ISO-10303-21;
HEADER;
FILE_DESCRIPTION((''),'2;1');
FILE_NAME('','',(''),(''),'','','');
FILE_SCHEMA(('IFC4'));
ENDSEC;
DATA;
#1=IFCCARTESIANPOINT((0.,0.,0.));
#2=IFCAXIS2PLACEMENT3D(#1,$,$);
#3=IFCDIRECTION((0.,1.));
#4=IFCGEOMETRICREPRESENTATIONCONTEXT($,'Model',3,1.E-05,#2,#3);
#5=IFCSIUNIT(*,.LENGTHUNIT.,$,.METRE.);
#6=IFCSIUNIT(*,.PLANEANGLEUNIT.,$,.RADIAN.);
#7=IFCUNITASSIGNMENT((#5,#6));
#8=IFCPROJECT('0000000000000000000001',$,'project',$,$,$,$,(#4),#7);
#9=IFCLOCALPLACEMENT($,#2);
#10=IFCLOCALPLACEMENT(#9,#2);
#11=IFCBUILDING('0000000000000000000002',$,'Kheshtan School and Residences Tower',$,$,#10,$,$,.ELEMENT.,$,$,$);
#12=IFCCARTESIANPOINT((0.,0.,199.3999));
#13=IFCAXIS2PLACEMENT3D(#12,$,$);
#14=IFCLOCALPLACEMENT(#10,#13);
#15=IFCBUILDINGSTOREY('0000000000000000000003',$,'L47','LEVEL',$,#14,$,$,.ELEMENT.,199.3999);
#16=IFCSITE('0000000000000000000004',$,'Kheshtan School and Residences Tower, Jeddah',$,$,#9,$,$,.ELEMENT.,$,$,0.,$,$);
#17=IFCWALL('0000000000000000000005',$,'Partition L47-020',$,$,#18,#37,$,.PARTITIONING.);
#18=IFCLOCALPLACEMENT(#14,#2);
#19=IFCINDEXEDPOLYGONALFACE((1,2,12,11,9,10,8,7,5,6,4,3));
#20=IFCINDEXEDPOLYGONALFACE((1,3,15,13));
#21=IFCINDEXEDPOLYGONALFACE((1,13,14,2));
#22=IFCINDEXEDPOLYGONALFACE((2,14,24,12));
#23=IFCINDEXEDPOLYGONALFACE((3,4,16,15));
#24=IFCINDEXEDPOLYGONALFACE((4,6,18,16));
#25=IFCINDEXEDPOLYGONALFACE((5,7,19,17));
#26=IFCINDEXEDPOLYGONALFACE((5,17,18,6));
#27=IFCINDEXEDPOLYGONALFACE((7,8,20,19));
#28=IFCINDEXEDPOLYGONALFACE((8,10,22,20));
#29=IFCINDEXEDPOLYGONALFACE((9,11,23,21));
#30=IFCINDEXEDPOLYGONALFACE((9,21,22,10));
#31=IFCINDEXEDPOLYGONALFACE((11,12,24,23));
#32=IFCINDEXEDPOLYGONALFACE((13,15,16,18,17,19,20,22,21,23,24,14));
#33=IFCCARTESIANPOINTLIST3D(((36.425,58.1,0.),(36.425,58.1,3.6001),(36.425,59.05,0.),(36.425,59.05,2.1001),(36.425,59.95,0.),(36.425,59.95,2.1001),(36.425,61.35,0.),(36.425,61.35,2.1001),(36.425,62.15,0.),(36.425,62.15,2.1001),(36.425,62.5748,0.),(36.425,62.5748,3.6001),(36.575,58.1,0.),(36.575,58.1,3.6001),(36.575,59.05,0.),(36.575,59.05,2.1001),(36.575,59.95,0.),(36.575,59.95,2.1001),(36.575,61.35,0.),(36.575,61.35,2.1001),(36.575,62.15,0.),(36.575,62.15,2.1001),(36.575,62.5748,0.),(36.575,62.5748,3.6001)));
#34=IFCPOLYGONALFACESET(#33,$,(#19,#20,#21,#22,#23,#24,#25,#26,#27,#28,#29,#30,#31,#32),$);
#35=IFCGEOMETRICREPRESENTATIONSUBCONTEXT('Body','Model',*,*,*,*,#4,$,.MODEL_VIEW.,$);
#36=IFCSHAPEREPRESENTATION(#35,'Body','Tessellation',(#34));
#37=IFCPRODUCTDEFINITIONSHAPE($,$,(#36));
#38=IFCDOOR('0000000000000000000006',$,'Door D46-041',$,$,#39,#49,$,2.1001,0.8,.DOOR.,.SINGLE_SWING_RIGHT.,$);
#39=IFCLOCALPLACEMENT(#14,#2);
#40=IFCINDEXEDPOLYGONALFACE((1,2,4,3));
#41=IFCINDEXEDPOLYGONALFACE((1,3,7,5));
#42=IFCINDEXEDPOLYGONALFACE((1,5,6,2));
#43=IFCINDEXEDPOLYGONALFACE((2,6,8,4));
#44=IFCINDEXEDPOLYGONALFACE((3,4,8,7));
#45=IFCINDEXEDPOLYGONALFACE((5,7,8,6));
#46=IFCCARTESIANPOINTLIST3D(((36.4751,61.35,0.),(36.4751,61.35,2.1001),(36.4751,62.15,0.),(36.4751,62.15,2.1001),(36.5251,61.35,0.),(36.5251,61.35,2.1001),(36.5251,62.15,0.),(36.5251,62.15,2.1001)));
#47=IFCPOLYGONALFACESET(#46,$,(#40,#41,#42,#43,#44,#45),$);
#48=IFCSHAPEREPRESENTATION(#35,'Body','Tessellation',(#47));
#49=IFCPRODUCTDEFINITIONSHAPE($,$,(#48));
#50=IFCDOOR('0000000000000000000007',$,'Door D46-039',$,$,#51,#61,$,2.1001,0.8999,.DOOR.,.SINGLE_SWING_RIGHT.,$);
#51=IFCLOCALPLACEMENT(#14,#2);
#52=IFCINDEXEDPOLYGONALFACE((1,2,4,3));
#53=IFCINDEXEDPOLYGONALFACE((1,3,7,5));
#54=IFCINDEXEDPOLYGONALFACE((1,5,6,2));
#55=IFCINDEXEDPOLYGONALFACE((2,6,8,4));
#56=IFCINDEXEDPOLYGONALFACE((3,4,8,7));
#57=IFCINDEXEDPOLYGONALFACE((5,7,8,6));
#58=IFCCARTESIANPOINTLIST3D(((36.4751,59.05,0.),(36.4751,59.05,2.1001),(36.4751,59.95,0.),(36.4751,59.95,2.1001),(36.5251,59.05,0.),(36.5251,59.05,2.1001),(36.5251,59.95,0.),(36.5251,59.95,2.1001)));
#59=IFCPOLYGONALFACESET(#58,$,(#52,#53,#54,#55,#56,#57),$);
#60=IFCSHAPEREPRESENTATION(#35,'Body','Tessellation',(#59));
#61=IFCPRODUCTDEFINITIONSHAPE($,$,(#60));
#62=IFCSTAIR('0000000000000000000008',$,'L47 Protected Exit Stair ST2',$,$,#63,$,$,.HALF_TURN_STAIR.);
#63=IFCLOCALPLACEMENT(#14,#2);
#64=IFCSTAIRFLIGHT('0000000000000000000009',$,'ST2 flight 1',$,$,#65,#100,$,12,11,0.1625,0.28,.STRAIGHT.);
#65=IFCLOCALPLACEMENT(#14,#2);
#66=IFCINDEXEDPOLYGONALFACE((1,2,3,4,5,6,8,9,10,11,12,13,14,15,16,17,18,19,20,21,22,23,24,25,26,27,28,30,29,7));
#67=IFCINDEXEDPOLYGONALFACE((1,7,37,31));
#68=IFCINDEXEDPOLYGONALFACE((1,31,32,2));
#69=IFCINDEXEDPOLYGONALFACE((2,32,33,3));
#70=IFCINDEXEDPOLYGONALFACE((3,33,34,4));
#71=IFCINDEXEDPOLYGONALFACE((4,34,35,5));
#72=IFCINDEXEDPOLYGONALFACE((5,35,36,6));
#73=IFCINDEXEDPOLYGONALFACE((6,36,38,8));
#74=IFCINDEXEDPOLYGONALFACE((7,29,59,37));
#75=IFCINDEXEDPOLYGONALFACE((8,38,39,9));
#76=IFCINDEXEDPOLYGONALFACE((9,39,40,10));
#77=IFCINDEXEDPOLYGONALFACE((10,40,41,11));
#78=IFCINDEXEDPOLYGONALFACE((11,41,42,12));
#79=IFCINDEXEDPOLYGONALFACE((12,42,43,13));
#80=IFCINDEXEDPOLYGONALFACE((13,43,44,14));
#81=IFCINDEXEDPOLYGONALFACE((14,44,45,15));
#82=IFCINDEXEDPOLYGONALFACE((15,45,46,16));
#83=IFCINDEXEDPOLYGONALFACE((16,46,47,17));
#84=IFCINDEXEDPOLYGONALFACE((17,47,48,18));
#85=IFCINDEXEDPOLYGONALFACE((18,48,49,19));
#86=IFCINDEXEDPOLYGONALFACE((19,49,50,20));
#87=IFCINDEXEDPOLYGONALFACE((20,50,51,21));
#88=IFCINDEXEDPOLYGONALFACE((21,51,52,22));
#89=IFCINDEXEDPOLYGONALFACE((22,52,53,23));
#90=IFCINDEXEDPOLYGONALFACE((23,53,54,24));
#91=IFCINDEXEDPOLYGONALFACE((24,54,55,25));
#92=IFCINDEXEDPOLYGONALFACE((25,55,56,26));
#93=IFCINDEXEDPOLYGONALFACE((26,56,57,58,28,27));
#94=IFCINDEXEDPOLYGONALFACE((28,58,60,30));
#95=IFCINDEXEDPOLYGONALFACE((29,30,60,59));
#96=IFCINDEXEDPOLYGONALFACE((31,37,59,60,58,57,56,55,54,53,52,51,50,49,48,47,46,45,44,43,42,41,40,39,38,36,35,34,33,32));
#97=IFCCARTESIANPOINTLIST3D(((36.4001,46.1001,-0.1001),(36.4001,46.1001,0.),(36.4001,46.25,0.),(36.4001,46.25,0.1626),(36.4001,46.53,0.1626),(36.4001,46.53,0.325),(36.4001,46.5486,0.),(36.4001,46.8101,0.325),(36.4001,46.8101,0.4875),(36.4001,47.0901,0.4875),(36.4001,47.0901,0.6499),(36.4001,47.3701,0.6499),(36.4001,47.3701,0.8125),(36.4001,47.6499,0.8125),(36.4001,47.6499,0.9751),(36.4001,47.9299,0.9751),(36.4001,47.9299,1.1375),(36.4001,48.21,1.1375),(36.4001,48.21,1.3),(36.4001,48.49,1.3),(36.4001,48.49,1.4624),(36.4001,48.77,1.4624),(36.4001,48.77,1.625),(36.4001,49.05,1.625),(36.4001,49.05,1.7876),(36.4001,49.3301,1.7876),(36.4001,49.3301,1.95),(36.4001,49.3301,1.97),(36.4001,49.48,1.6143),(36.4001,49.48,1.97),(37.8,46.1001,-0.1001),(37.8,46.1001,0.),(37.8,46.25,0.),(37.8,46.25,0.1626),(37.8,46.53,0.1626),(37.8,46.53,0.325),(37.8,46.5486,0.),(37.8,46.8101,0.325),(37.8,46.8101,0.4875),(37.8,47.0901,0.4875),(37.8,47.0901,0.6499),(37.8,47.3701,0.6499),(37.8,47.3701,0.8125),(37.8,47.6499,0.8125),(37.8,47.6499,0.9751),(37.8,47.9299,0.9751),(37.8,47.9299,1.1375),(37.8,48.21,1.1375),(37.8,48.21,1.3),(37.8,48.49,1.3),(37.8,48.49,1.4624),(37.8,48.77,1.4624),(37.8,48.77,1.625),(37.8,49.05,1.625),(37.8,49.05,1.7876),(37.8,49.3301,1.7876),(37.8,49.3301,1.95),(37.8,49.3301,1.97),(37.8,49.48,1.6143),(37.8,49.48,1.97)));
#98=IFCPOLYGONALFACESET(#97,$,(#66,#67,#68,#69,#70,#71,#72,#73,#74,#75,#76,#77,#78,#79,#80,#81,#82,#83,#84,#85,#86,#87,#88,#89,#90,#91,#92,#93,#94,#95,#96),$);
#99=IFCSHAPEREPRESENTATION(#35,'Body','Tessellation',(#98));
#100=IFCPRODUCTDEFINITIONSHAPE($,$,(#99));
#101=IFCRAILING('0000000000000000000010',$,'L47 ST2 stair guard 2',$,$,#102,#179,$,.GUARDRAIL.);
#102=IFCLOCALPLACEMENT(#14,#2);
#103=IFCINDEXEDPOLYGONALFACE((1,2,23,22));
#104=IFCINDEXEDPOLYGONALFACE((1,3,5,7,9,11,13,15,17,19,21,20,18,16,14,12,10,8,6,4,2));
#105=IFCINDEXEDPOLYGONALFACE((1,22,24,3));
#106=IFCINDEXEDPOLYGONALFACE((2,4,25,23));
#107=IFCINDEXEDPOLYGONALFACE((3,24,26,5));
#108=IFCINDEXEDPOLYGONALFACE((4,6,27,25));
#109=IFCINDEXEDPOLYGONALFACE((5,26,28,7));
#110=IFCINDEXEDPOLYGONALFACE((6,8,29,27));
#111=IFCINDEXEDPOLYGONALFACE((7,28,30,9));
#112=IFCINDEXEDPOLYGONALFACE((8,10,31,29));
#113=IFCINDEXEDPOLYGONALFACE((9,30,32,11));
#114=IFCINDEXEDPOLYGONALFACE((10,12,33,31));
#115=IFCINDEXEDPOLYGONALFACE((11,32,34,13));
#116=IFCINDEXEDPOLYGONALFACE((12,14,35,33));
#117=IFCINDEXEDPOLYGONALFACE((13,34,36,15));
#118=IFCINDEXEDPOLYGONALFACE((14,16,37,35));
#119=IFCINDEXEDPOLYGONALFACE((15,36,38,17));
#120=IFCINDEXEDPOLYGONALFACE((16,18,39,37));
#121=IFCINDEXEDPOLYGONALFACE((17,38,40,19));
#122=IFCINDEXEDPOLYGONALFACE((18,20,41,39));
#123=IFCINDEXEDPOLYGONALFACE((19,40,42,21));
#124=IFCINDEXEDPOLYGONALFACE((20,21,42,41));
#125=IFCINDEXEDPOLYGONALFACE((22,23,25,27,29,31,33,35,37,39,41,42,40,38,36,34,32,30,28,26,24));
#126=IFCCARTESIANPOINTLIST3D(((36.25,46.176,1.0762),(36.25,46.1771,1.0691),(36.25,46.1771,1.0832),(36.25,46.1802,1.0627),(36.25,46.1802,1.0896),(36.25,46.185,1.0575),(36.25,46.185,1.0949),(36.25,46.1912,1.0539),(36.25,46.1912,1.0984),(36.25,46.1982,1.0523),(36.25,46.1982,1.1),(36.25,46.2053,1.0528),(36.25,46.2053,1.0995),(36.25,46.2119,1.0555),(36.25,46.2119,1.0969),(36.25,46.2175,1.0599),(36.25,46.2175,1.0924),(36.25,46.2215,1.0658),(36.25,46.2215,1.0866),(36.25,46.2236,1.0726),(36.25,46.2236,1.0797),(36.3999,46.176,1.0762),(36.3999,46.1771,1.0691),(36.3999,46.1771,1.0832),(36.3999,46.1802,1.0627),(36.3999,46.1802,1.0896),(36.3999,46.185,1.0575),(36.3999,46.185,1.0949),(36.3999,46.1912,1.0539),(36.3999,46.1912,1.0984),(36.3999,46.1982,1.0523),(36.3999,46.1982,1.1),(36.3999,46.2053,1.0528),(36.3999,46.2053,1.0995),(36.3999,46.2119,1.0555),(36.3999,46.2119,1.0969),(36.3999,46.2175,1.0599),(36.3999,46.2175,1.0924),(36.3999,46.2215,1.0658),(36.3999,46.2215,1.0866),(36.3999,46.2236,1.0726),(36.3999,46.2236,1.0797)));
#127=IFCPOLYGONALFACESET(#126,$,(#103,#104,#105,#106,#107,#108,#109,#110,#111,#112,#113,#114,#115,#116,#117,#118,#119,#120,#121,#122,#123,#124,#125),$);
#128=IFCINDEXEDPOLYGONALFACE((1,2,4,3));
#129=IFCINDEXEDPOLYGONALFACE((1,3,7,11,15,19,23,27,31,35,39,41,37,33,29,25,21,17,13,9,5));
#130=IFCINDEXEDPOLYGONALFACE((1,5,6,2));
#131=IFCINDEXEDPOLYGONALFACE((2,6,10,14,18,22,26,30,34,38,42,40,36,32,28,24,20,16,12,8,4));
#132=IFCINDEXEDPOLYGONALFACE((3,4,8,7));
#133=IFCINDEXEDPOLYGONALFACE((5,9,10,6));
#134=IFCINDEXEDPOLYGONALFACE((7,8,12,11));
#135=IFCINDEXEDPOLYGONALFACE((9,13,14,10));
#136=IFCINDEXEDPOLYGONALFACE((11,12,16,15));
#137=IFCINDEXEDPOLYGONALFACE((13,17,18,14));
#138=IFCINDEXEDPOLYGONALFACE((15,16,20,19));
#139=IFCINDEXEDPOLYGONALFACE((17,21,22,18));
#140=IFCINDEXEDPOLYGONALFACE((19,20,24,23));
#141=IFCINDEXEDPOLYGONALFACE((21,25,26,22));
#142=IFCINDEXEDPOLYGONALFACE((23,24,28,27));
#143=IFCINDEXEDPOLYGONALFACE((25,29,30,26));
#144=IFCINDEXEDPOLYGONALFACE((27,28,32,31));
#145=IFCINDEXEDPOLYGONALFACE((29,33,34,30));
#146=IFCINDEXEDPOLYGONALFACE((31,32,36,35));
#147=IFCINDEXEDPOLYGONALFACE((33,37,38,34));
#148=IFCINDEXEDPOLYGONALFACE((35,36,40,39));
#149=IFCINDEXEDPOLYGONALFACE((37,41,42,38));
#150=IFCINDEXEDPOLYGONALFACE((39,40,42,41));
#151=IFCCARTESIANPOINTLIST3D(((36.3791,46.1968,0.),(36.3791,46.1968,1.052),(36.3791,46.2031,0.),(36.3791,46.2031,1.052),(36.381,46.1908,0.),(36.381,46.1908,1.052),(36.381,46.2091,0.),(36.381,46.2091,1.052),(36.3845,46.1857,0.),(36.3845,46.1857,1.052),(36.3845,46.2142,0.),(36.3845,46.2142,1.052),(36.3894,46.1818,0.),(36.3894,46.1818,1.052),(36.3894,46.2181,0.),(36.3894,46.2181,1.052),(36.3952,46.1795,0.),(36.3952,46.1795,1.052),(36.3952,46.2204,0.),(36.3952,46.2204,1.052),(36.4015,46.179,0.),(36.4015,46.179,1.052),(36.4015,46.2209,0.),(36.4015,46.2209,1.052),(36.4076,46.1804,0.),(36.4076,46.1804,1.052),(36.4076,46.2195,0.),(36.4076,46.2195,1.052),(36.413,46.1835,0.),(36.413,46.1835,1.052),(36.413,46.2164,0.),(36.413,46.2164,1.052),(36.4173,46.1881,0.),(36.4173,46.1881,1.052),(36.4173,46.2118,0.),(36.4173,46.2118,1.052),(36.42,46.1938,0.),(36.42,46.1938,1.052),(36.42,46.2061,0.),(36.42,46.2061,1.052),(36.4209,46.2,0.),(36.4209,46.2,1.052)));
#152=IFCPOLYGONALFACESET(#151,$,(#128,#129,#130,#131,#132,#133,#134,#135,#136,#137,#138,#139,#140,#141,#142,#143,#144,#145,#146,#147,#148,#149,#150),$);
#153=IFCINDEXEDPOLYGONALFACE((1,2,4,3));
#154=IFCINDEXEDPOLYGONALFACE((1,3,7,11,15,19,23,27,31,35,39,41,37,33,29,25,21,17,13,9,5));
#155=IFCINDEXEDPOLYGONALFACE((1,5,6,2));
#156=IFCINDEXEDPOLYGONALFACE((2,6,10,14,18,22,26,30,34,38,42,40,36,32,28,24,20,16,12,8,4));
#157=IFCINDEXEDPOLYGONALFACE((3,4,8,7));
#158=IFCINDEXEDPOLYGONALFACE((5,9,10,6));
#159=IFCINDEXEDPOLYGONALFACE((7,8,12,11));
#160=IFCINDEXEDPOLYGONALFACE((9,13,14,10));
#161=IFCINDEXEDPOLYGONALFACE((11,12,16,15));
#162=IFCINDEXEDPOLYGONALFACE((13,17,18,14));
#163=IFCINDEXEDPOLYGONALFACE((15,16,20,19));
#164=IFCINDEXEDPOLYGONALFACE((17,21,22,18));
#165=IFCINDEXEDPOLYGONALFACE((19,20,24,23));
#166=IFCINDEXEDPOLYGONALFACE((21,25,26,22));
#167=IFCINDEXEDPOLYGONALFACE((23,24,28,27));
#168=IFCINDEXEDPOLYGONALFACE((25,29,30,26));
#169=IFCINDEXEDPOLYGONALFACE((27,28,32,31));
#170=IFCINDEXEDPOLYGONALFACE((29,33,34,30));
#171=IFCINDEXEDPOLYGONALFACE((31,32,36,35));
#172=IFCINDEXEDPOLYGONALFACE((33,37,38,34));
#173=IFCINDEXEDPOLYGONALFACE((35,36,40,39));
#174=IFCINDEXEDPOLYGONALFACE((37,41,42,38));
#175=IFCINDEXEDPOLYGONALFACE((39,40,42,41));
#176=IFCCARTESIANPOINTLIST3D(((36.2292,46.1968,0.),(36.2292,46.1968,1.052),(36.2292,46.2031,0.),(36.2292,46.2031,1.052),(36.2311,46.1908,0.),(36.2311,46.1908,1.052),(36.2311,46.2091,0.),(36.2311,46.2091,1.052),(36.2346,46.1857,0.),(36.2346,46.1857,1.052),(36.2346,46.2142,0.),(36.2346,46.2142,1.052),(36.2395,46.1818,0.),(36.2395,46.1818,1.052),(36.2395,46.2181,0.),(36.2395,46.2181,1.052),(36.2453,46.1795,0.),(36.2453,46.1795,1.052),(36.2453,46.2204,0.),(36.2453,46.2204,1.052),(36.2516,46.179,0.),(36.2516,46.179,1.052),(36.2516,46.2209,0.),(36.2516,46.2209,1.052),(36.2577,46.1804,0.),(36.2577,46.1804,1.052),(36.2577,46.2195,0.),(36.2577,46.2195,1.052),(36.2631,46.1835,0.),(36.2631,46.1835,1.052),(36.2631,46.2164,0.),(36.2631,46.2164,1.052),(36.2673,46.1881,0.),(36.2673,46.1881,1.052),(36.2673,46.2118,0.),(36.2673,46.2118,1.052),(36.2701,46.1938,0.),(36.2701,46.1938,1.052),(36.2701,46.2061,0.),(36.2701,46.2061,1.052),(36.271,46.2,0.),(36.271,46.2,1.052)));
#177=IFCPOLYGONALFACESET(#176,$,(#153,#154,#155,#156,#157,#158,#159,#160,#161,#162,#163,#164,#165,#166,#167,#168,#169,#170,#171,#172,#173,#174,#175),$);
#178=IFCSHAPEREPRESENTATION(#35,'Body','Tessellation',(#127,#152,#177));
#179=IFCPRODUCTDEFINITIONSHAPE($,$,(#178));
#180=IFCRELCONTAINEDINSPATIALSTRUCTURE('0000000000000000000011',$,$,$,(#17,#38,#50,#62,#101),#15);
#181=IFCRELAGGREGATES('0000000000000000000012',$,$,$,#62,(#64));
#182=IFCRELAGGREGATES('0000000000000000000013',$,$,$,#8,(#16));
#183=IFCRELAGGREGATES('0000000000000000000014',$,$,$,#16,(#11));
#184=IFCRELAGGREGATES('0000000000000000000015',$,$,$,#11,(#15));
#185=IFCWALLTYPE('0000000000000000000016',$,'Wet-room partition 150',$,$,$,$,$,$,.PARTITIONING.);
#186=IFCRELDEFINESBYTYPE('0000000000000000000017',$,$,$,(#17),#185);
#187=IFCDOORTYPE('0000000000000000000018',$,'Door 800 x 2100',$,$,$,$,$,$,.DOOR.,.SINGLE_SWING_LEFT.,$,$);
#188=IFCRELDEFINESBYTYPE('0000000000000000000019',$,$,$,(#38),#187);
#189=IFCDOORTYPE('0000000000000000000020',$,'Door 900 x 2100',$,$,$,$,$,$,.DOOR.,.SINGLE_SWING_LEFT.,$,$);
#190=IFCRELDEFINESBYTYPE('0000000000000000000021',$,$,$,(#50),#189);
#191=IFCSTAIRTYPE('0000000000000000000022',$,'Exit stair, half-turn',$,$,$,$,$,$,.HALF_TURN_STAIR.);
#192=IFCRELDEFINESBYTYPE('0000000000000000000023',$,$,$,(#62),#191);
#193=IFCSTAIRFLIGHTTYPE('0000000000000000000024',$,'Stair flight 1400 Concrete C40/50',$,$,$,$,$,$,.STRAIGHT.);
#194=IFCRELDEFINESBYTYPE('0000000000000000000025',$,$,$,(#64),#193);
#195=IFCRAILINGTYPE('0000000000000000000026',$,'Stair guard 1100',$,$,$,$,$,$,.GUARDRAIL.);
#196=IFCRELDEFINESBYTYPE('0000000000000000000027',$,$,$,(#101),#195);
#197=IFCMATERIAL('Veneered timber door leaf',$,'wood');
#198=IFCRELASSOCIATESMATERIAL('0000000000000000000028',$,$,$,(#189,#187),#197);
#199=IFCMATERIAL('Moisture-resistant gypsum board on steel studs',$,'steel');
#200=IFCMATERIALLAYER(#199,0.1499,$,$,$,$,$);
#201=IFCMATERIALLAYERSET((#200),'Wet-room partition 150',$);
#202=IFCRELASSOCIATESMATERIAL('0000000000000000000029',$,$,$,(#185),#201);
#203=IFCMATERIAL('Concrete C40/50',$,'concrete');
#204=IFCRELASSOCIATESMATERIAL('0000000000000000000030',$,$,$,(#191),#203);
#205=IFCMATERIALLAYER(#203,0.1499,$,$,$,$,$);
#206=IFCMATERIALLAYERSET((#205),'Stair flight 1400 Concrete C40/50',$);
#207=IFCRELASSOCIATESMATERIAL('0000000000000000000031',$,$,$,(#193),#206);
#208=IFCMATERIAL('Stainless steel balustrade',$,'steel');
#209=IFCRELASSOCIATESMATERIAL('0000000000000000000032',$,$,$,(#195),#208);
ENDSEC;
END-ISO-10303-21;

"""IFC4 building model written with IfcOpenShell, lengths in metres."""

from ifc_helpers import new_model, si_unit, direction, frame, frame_2d, origin, origin_2d, place, context, subcontext, project, spatial, polyline, rectangle, circle, outline, extrude, source, transform, mapped, material, layer, layer_set, type_object, element, fill, aggregate, save


model = new_model("IFC4")

# Units and contexts
model_context = context("Model", 3, precision=1e-05, world=origin(), true_north=direction((0.0, 1.0)))
body_context = subcontext(model_context, "Body", "Model", "MODEL_VIEW")
ifc_project = project(units=[si_unit("LENGTHUNIT", "METRE"), si_unit("PLANEANGLEUNIT", "RADIAN")], contexts=[model_context])

# Site, building, storey
site_placement = place(None, origin())
site = spatial("IfcSite", under=ifc_project, at=site_placement, Name="Kheshtan School and Residences Tower, Jeddah", CompositionType="ELEMENT", RefElevation=0.0)
building_placement = place(site_placement, origin())
building = spatial("IfcBuilding", under=site, at=building_placement, Name="Kheshtan School and Residences Tower", CompositionType="ELEMENT")
storey_placement = place(building_placement, frame((0.0, 0.0, 199.3999)))
storey = spatial("IfcBuildingStorey", under=building, at=storey_placement, Name="L47", Description="LEVEL", CompositionType="ELEMENT", Elevation=199.3999)

# Shared definitions
ifc_material_1 = material(Name="Veneered timber door leaf", Category="wood")
door_type_1 = type_object("IfcDoorType", Name="Door 900 x 2100", OperationType="SINGLE_SWING_LEFT", PredefinedType="DOOR", material=ifc_material_1)
shared_shape_1 = source(origin(), body_context, "Body", "SweptSolid", [
    extrude(rectangle(XDim=0.8999, YDim=2.1001, at=frame_2d((0.45, 1.05))), frame((0.0, 0.0249, 0.0), z_axis=(0.0, -1.0, 0.0), x_axis=(1.0, 0.0, 0.0)), (0.0, 0.0, 1.0), 0.05),
])

# Shared definitions
ifc_material_2 = material(Name="Concrete C40/50", Category="concrete")

# Wall, openings, doors
ifc_material_3 = material(Name="Moisture-resistant gypsum board on steel studs", Category="steel")
ifc_layer_1 = layer(ifc_material_3, 0.1499)
ifc_layer_set_1 = layer_set([ifc_layer_1], Name="Wet-room partition 150")
wall_type_1 = type_object("IfcWallType", Name="Wet-room partition 150", PredefinedType="PARTITIONING", material=ifc_layer_set_1)
wall_1_placement = place(storey_placement, frame((36.5, 58.1001, 0.0), z_axis=(0.0, 0.0, 1.0), x_axis=(0.0, 1.0, 0.0)))
wall_1 = element("IfcWall", 1, at=wall_1_placement, inside=storey, type_object=wall_type_1, Name="Partition L47-020", PredefinedType="PARTITIONING", context=body_context, shape_type="SweptSolid", body=[
    extrude(rectangle(XDim=4.4749, YDim=0.1499, at=frame_2d((2.2373, 0.0))), origin(), (0.0, 0.0, 1.0), 3.6001),
])
opening_1_placement = place(wall_1_placement, frame((0.95, 0.0, 0.0)))
opening_1 = element("IfcOpeningElement", 2, at=opening_1_placement, cuts=wall_1, PredefinedType="OPENING", context=body_context, shape_type="SweptSolid", body=[
    extrude(rectangle(XDim=0.8999, YDim=2.1001, at=frame_2d((0.45, 1.05))), frame((0.0, 0.085, 0.0), z_axis=(0.0, -1.0, 0.0), x_axis=(1.0, 0.0, 0.0)), (0.0, 0.0, 1.0), 0.1699),
])
opening_2_placement = place(wall_1_placement, frame((3.25, 0.0, 0.0)))
opening_2 = element("IfcOpeningElement", 3, at=opening_2_placement, cuts=wall_1, PredefinedType="OPENING", context=body_context, shape_type="SweptSolid", body=[
    extrude(rectangle(XDim=0.8, YDim=2.1001, at=frame_2d((0.3999, 1.05))), frame((0.0, 0.085, 0.0), z_axis=(0.0, -1.0, 0.0), x_axis=(1.0, 0.0, 0.0)), (0.0, 0.0, 1.0), 0.1699),
])
door_type_2 = type_object("IfcDoorType", Name="Door 800 x 2100", OperationType="SINGLE_SWING_LEFT", PredefinedType="DOOR", material=ifc_material_1)
shared_shape_2 = source(origin(), body_context, "Body", "SweptSolid", [
    extrude(rectangle(XDim=0.8, YDim=2.1001, at=frame_2d((0.3999, 1.05))), frame((0.0, 0.0249, 0.0), z_axis=(0.0, -1.0, 0.0), x_axis=(1.0, 0.0, 0.0)), (0.0, 0.0, 1.0), 0.05),
])
door_1_placement = place(opening_2_placement, origin())
door_1 = element("IfcDoor", 4, at=door_1_placement, inside=storey, type_object=door_type_2, Name="Door D46-041", OperationType="SINGLE_SWING_RIGHT", OverallHeight=2.1001, OverallWidth=0.8, PredefinedType="DOOR", context=body_context, shape_type="MappedRepresentation", body=[
    mapped(shared_shape_2, transform((0.0, 0.0, 0.0), x_axis=(1.0, 0.0, 0.0), y_axis=(0.0, 1.0, 0.0), z_axis=(0.0, 0.0, 1.0), scale=1.0)),
])
fill(opening_2, door_1)
door_2_placement = place(opening_1_placement, origin())
door_2 = element("IfcDoor", 5, at=door_2_placement, inside=storey, type_object=door_type_1, Name="Door D46-039", OperationType="SINGLE_SWING_RIGHT", OverallHeight=2.1001, OverallWidth=0.8999, PredefinedType="DOOR", context=body_context, shape_type="MappedRepresentation", body=[
    mapped(shared_shape_1, transform((0.0, 0.0, 0.0), x_axis=(1.0, 0.0, 0.0), y_axis=(0.0, 1.0, 0.0), z_axis=(0.0, 0.0, 1.0), scale=1.0)),
])
fill(opening_1, door_2)

# Stair, stair flight
stair_type = type_object("IfcStairType", Name="Exit stair, half-turn", PredefinedType="HALF_TURN_STAIR", material=ifc_material_2)
stair_placement = place(storey_placement, origin())
stair = element("IfcStair", 6, at=stair_placement, inside=storey, type_object=stair_type, Name="L47 Protected Exit Stair ST2", PredefinedType="HALF_TURN_STAIR")
ifc_layer_2 = layer(ifc_material_2, 0.1499)
ifc_layer_set_2 = layer_set([ifc_layer_2], Name="Stair flight 1400 Concrete C40/50")
stair_flight_type = type_object("IfcStairFlightType", Name="Stair flight 1400 Concrete C40/50", PredefinedType="STRAIGHT", material=ifc_layer_set_2)
stair_flight_placement = place(storey_placement, frame((37.1001, 46.25, 0.0), z_axis=(0.0, 0.0, 1.0), x_axis=(0.0, 1.0, 0.0)))
stair_flight = element("IfcStairFlight", 7, at=stair_flight_placement, type_object=stair_flight_type, Name="ST2 flight 1", NumberOfRisers=12, NumberOfTreads=11, PredefinedType="STRAIGHT", RiserHeight=0.1625, TreadLength=0.28, context=body_context, shape_type="SweptSolid", body=[
    extrude(outline(polyline([(-0.1499, -0.1001), (-0.1499, 0.0), (0.0, 0.0), (0.0, 0.1626), (0.28, 0.1626), (0.28, 0.325), (0.5601, 0.325), (0.5601, 0.4875), (0.8401, 0.4875), (0.8401, 0.6499), (1.1201, 0.6499), (1.1201, 0.8125), (1.3999, 0.8125), (1.3999, 0.9751), (1.6799, 0.9751), (1.6799, 1.1375), (1.96, 1.1375), (1.96, 1.3), (2.24, 1.3), (2.24, 1.4624), (2.52, 1.4624), (2.52, 1.625), (2.8, 1.625), (2.8, 1.7876), (3.0801, 1.7876), (3.0801, 1.95), (3.0801, 1.97), (3.23, 1.97), (3.23, 1.6143), (0.2986, 0.0), (-0.1499, -0.1001)])), frame((0.0, 0.7, 0.0), z_axis=(0.0, -1.0, 0.0), x_axis=(1.0, 0.0, 0.0)), (0.0, 0.0, 1.0), 1.3999),
])
aggregate(stair, [stair_flight])

# Railing
ifc_material_4 = material(Name="Stainless steel balustrade", Category="steel")
railing_type_1 = type_object("IfcRailingType", Name="Stair guard 1100", PredefinedType="GUARDRAIL", material=ifc_material_4)
railing_1_placement = place(storey_placement, frame((36.3999, 46.2, 0.0)))
element("IfcRailing", 8, at=railing_1_placement, inside=storey, type_object=railing_type_1, Name="L47 ST2 stair guard 2", PredefinedType="GUARDRAIL", context=body_context, shape_type="SweptSolid", body=[
    extrude(circle(Radius=0.0239, at=origin_2d()), frame((0.0, 0.0, 1.0762), z_axis=(-1.0, 0.0, 0.0), x_axis=(0.0, -1.0, 0.0)), (0.0, 0.0, 1.0), 0.1499),
    extrude(circle(Radius=0.021, at=origin_2d()), origin(), (0.0, 0.0, 1.0), 1.052),
    extrude(circle(Radius=0.021, at=origin_2d()), frame((-0.1499, 0.0, 0.0)), (0.0, 0.0, 1.0), 1.052),
])

save(model, "model.ifc")
